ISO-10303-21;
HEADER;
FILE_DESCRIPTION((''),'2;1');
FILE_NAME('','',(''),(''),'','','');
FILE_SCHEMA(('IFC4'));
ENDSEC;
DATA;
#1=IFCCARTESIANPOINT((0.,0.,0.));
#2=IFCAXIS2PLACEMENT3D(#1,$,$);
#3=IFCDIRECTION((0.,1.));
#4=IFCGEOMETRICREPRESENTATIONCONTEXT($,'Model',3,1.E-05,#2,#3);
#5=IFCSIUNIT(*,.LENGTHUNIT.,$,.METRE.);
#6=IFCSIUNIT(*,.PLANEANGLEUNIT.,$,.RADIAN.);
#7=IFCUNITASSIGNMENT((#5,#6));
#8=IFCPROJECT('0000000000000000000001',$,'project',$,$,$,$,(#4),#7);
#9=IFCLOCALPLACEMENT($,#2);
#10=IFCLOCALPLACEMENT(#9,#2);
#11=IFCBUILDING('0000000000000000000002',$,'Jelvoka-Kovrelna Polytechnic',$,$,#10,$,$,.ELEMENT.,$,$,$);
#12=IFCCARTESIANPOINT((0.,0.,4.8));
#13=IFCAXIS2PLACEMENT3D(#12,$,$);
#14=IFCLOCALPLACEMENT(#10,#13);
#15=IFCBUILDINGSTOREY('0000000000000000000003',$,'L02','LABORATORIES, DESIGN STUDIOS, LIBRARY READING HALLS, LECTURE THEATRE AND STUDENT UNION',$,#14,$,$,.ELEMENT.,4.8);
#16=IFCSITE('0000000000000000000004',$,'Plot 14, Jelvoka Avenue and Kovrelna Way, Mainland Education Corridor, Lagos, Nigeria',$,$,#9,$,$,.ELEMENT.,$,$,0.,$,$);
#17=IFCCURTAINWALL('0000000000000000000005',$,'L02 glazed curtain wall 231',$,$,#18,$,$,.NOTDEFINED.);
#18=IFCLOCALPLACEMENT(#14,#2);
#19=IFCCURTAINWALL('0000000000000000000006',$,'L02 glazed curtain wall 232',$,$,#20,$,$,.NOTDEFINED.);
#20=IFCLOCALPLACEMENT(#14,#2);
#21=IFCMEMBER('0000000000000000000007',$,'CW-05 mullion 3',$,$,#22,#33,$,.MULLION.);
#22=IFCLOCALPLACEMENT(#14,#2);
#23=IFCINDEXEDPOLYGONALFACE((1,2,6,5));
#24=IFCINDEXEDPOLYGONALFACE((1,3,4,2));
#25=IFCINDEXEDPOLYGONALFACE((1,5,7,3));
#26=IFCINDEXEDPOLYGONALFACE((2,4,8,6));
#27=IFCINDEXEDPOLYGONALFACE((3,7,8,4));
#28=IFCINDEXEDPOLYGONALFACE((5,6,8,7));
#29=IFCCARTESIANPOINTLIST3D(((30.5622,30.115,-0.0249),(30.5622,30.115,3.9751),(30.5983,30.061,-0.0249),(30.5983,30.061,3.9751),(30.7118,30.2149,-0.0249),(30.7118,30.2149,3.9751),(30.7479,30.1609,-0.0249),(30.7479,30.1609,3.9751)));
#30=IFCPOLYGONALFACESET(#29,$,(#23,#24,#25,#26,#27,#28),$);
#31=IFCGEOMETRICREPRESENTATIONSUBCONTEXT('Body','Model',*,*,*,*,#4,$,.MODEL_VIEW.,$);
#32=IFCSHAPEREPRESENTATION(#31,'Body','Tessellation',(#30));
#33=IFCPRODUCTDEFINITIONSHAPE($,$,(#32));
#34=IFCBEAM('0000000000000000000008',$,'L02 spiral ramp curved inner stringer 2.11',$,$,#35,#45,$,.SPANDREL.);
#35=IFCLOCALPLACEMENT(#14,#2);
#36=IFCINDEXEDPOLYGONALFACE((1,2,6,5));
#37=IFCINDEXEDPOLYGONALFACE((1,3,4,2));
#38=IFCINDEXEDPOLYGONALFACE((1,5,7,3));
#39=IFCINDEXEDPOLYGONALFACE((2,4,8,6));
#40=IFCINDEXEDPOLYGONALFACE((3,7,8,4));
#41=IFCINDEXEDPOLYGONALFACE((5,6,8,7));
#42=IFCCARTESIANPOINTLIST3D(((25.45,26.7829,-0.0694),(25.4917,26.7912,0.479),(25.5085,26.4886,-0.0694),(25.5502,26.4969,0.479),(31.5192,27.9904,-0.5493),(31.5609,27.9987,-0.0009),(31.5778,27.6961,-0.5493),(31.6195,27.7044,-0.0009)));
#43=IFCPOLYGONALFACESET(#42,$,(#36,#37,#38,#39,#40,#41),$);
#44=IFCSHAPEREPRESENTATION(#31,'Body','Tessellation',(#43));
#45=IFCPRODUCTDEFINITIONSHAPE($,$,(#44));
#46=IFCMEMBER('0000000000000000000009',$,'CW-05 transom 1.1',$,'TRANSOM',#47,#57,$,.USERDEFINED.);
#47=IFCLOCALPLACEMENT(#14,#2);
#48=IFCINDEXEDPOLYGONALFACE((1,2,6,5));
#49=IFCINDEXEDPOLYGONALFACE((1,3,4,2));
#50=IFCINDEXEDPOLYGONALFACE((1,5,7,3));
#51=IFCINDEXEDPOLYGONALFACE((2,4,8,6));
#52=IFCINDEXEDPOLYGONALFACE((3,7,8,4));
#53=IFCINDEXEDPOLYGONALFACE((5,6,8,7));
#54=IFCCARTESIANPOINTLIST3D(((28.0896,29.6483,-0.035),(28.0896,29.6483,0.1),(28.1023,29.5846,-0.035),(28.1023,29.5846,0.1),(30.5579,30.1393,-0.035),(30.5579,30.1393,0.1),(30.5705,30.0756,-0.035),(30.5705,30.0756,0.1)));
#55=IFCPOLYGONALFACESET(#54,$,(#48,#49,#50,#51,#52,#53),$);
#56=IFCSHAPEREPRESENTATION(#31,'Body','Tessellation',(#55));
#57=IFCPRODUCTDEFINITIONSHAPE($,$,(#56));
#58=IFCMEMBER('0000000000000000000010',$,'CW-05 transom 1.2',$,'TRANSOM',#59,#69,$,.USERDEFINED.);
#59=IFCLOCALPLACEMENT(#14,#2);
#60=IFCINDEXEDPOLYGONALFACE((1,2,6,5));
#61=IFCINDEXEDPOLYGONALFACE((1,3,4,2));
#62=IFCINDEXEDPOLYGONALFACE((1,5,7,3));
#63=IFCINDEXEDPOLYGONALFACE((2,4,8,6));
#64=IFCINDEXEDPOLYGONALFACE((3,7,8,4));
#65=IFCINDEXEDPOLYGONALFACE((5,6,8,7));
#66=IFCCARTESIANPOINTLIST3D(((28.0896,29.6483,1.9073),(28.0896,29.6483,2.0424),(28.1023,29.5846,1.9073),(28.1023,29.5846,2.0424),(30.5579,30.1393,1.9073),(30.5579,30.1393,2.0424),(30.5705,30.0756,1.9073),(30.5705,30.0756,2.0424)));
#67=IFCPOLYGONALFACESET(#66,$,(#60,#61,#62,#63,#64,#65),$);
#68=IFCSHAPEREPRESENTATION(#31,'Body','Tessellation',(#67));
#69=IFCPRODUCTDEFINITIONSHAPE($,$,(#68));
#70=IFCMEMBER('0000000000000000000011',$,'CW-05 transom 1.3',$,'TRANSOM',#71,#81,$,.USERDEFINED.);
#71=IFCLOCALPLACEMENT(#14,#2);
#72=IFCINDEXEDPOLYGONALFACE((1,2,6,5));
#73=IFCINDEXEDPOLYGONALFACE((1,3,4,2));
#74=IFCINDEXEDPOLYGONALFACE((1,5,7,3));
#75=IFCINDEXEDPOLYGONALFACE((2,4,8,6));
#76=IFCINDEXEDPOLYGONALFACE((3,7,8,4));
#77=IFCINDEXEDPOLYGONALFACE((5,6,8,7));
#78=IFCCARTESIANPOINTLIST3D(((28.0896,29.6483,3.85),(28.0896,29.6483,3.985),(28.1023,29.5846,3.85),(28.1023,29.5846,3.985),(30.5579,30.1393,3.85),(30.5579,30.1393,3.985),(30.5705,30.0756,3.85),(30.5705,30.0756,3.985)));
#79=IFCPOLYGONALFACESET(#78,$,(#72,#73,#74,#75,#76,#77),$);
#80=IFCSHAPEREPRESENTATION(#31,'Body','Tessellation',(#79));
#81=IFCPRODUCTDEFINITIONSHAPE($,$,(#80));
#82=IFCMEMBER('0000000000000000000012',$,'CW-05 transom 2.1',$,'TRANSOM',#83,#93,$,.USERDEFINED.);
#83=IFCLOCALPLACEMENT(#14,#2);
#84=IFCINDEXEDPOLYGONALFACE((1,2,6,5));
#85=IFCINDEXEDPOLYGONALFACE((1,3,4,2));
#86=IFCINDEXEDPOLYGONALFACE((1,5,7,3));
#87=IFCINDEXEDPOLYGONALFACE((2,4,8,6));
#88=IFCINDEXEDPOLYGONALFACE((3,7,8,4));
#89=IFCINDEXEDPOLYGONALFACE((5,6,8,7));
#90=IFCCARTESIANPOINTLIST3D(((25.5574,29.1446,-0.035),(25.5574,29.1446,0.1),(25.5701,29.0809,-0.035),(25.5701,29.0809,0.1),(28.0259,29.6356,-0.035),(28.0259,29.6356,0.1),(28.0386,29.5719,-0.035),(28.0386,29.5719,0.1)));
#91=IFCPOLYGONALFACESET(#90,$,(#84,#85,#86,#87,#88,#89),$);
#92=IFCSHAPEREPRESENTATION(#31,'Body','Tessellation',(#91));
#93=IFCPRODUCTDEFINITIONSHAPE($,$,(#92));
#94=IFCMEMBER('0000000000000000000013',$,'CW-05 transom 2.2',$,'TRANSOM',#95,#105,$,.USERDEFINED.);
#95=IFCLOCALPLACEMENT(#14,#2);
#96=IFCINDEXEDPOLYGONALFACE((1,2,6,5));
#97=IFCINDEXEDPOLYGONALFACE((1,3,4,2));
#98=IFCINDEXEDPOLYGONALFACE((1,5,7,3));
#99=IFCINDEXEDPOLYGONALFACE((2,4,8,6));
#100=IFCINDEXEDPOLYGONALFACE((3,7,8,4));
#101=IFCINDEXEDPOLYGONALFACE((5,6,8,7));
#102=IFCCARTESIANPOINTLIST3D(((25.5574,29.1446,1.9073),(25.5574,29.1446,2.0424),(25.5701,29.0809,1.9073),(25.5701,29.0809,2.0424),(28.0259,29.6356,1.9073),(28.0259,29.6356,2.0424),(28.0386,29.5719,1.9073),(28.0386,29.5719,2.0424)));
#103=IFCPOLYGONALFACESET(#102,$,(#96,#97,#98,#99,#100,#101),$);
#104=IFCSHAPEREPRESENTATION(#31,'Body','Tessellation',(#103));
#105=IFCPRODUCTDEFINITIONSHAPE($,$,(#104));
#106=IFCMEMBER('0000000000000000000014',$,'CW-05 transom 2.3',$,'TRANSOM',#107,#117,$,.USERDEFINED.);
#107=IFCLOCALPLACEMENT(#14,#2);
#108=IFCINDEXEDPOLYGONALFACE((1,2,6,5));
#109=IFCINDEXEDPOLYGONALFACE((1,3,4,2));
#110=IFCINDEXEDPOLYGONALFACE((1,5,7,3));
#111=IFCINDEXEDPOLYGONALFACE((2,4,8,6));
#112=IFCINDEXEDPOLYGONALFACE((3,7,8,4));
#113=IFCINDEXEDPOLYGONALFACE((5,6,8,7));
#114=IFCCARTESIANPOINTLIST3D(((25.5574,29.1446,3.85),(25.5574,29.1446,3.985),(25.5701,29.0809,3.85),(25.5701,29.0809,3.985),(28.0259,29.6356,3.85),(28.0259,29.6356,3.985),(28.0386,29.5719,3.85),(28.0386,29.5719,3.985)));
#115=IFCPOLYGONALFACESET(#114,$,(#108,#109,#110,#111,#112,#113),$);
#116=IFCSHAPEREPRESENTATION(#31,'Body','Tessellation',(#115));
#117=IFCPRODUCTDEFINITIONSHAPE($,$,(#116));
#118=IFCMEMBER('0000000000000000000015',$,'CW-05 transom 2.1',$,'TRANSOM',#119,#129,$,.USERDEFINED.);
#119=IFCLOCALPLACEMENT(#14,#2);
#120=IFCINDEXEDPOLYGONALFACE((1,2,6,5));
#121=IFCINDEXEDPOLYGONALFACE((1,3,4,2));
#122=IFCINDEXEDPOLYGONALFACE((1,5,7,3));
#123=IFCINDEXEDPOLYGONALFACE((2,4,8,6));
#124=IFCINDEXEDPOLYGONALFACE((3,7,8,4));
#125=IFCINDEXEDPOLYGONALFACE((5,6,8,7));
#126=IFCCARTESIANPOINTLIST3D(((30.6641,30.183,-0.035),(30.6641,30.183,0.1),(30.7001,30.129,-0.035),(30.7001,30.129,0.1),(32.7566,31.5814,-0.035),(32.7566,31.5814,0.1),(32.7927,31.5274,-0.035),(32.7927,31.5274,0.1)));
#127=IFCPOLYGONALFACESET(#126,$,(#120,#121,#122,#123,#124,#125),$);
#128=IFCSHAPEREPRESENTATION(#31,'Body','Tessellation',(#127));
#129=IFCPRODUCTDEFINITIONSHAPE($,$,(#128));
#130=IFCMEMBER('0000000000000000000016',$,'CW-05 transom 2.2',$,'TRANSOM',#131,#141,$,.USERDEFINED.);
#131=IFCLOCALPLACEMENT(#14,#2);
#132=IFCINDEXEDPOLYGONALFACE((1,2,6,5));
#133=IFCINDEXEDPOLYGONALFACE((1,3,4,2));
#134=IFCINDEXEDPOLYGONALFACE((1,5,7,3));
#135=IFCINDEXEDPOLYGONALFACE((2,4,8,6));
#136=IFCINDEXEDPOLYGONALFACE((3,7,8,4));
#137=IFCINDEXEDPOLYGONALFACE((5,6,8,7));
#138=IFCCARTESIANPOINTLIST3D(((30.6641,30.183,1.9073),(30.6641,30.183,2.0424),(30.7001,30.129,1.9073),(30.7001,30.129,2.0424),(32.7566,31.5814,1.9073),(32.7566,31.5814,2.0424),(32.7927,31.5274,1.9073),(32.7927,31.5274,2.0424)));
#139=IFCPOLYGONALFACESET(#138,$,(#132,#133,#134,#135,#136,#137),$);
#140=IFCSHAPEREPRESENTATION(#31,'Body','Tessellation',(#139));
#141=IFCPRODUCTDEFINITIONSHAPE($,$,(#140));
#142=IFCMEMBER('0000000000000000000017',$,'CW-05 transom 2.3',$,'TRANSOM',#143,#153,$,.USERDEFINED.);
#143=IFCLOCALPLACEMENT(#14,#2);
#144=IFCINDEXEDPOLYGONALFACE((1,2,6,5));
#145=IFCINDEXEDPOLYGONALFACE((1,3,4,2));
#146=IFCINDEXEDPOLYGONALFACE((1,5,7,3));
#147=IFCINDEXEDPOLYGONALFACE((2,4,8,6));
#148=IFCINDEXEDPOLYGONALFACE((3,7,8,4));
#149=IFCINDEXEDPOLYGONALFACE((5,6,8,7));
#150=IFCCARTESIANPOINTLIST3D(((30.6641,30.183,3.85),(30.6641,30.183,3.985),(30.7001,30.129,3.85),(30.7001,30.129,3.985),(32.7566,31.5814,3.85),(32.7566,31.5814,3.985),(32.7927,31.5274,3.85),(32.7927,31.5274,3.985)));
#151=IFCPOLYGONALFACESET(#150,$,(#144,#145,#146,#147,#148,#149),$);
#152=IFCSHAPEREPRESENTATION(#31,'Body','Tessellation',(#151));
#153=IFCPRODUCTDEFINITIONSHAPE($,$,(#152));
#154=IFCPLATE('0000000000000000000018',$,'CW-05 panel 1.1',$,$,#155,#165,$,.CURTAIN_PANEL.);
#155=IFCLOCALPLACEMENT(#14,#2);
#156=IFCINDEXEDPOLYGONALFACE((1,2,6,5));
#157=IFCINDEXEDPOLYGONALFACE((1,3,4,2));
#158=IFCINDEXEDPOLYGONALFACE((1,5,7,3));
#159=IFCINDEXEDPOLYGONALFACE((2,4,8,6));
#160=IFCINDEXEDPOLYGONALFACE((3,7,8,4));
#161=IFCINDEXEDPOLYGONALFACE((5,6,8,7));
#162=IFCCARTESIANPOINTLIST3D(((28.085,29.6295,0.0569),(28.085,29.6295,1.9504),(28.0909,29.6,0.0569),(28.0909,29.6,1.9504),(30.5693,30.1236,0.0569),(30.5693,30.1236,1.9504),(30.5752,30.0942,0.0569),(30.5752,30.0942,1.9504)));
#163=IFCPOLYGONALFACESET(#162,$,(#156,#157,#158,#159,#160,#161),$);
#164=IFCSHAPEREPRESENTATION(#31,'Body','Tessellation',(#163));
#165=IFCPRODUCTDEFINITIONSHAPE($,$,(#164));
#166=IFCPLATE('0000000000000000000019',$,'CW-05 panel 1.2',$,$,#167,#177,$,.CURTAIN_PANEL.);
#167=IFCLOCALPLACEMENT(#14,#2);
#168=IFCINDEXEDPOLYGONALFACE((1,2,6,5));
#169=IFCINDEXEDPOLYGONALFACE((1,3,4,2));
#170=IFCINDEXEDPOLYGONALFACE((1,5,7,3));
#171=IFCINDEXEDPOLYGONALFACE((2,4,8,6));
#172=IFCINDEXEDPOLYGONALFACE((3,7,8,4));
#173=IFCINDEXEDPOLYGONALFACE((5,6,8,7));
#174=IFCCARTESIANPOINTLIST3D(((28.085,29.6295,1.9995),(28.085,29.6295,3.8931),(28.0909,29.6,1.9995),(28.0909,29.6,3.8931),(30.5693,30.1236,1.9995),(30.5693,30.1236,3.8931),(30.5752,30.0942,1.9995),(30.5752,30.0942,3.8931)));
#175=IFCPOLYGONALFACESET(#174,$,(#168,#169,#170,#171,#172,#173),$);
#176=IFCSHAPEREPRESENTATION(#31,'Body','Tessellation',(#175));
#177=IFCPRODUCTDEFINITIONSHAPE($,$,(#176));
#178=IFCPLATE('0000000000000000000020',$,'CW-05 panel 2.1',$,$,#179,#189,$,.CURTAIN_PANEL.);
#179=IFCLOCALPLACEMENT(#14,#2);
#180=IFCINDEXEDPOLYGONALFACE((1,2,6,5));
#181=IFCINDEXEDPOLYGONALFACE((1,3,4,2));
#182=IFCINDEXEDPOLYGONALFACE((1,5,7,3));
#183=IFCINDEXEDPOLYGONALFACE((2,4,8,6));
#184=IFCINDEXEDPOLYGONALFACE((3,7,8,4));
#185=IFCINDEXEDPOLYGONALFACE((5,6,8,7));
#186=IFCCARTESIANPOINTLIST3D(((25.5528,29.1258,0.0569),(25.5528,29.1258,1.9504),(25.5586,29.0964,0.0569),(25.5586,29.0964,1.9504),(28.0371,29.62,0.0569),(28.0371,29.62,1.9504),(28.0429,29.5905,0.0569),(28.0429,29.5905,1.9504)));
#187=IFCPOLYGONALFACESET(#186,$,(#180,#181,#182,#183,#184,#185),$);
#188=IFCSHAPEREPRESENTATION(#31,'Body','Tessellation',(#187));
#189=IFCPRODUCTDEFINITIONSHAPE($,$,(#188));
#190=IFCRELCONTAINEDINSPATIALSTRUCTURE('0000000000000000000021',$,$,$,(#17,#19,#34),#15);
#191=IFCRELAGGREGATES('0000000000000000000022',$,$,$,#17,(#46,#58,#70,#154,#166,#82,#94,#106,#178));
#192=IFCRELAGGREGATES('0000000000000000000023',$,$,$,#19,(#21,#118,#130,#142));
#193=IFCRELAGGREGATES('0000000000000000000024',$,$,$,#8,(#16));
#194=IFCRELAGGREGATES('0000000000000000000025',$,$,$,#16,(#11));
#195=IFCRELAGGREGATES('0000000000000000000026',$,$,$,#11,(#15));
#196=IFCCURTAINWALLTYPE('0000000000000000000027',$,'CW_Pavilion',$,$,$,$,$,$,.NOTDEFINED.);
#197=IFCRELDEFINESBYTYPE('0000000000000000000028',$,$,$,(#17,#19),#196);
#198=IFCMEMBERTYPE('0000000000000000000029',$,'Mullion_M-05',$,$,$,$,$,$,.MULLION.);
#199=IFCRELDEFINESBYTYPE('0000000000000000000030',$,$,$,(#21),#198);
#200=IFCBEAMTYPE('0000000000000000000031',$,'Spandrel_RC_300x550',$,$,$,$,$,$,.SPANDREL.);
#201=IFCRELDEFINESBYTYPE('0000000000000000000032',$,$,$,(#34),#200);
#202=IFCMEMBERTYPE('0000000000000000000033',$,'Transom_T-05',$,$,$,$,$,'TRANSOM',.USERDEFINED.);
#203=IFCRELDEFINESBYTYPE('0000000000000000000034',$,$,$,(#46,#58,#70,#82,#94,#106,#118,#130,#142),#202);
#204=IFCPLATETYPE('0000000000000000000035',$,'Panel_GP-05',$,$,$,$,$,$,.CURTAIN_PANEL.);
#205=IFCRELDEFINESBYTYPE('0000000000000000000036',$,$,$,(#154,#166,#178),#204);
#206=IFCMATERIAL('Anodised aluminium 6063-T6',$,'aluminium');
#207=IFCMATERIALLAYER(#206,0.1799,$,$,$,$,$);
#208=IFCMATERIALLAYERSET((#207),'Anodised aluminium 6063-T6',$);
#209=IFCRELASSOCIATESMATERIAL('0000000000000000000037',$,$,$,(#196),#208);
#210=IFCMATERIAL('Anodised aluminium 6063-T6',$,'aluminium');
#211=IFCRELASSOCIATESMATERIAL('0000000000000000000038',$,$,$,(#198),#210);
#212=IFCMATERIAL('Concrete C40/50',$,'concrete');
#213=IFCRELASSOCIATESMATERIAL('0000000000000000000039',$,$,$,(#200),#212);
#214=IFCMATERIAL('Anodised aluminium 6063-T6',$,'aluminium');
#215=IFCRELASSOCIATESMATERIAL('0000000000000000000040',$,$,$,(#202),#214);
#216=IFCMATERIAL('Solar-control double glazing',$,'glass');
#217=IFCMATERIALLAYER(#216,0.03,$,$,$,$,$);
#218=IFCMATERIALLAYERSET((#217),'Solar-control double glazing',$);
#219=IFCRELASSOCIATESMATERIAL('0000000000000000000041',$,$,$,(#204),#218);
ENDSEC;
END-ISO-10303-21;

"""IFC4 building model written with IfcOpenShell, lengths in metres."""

from ifc_helpers import new_model, si_unit, direction, frame, origin, origin_2d, place, context, subcontext, project, spatial, rectangle, extrude, material, layer, layer_set, material_profile, profile_set, type_object, element, aggregate, save


model = new_model("IFC4")

# Units and contexts
model_context = context("Model", 3, precision=1e-05, world=origin(), true_north=direction((0.0, 1.0)))
body_context = subcontext(model_context, "Body", "Model", "MODEL_VIEW")
ifc_project = project(units=[si_unit("LENGTHUNIT", "METRE"), si_unit("PLANEANGLEUNIT", "RADIAN")], contexts=[model_context])

# Site, building, storey
site_placement = place(None, origin())
site = spatial("IfcSite", under=ifc_project, at=site_placement, Name="Plot 14, Jelvoka Avenue and Kovrelna Way, Mainland Education Corridor, Lagos, Nigeria", CompositionType="ELEMENT", RefElevation=0.0)
building_placement = place(site_placement, origin())
building = spatial("IfcBuilding", under=site, at=building_placement, Name="Jelvoka-Kovrelna Polytechnic", CompositionType="ELEMENT")
storey_placement = place(building_placement, frame((0.0, 0.0, 4.8)))
storey = spatial("IfcBuildingStorey", under=building, at=storey_placement, Name="L02", Description="LABORATORIES, DESIGN STUDIOS, LIBRARY READING HALLS, LECTURE THEATRE AND STUDENT UNION", CompositionType="ELEMENT", Elevation=4.8)

# Curtain wall
ifc_material_1 = material(Name="Anodised aluminium 6063-T6", Category="aluminium")
ifc_layer_1 = layer(ifc_material_1, 0.1799)
ifc_layer_set_1 = layer_set([ifc_layer_1], Name="Anodised aluminium 6063-T6")
curtain_wall_type = type_object("IfcCurtainWallType", Name="CW_Pavilion", PredefinedType="NOTDEFINED", material=ifc_layer_set_1)
curtain_wall_1_placement = place(storey_placement, origin())
curtain_wall_1 = element("IfcCurtainWall", 1, at=curtain_wall_1_placement, inside=storey, type_object=curtain_wall_type, Name="L02 glazed curtain wall 231", PredefinedType="NOTDEFINED")
ifc_material_2 = material(Name="Anodised aluminium 6063-T6", Category="aluminium")
ifc_material_profile_1 = material_profile(ifc_material_2, rectangle(XDim=0.0649, YDim=0.1799, at=origin_2d()), Name="ALU 65x180")
ifc_profile_set_1 = profile_set([ifc_material_profile_1], Name="Anodised aluminium 6063-T6")
member_type_1 = type_object("IfcMemberType", Name="Mullion_M-05", PredefinedType="MULLION", material=ifc_profile_set_1)

# Curtain wall, member
curtain_wall_2_placement = place(storey_placement, origin())
curtain_wall_2 = element("IfcCurtainWall", 2, at=curtain_wall_2_placement, inside=storey, type_object=curtain_wall_type, Name="L02 glazed curtain wall 232", PredefinedType="NOTDEFINED")
member_1_placement = place(storey_placement, frame((30.655, 30.1379, -0.0249), z_axis=(0.0, 0.0, 1.0), x_axis=(0.555583, -0.831461, 0.0)))
member_1 = element("IfcMember", 3, at=member_1_placement, type_object=member_type_1, Name="CW-05 mullion 3", PredefinedType="MULLION", context=body_context, shape_type="SweptSolid", body=[
    extrude(rectangle(XDim=0.0649, YDim=0.1799, at=origin_2d()), origin(), (0.0, 0.0, 1.0), 4.0),
])

# Beam
ifc_material_3 = material(Name="Concrete C40/50", Category="concrete")
ifc_material_profile_2 = material_profile(ifc_material_3, rectangle(XDim=0.3, YDim=0.55, at=origin_2d()), Name="RC 300x550")
ifc_profile_set_2 = profile_set([ifc_material_profile_2], Name="Concrete C40/50")
beam_type_1 = type_object("IfcBeamType", Name="Spandrel_RC_300x550", PredefinedType="SPANDREL", material=ifc_profile_set_2)
beam_1_placement = place(storey_placement, frame((31.5693, 27.8474, -0.2751), z_axis=(-0.977841, -0.194545, 0.07733), x_axis=(0.19513, -0.980777, 0.0)))
element("IfcBeam", 4, at=beam_1_placement, inside=storey, type_object=beam_type_1, Name="L02 spiral ramp curved inner stringer 2.11", PredefinedType="SPANDREL", context=body_context, shape_type="SweptSolid", body=[
    extrude(rectangle(XDim=0.3, YDim=0.55, at=origin_2d()), origin(), (0.0, 0.0, 1.0), 6.2068),
])

# Members
ifc_material_4 = material(Name="Anodised aluminium 6063-T6", Category="aluminium")
ifc_material_profile_3 = material_profile(ifc_material_4, rectangle(XDim=0.0649, YDim=0.135, at=origin_2d()), Name="ALU 65x135")
ifc_profile_set_3 = profile_set([ifc_material_profile_3], Name="Anodised aluminium 6063-T6")
member_type_2 = type_object("IfcMemberType", Name="Transom_T-05", ElementType="TRANSOM", PredefinedType="USERDEFINED", material=ifc_profile_set_3)
member_2_placement = place(storey_placement, frame((30.5642, 30.1074, 0.0325), z_axis=(-0.980785, -0.19509, 0.0), x_axis=(0.19509, -0.980785, 0.0)))
member_2 = element("IfcMember", 5, at=member_2_placement, type_object=member_type_2, Name="CW-05 transom 1.1", ObjectType="TRANSOM", PredefinedType="USERDEFINED", context=body_context, shape_type="SweptSolid", body=[
    extrude(rectangle(XDim=0.0649, YDim=0.135, at=origin_2d()), origin(), (0.0, 0.0, 1.0), 2.5166),
])
member_3_placement = place(storey_placement, frame((30.5642, 30.1074, 1.9749), z_axis=(-0.980785, -0.19509, 0.0), x_axis=(0.19509, -0.980785, 0.0)))
member_3 = element("IfcMember", 6, at=member_3_placement, type_object=member_type_2, Name="CW-05 transom 1.2", ObjectType="TRANSOM", PredefinedType="USERDEFINED", context=body_context, shape_type="SweptSolid", body=[
    extrude(rectangle(XDim=0.0649, YDim=0.135, at=origin_2d()), origin(), (0.0, 0.0, 1.0), 2.5166),
])
member_4_placement = place(storey_placement, frame((30.5642, 30.1074, 3.9175), z_axis=(-0.980785, -0.19509, 0.0), x_axis=(0.19509, -0.980785, 0.0)))
member_4 = element("IfcMember", 7, at=member_4_placement, type_object=member_type_2, Name="CW-05 transom 1.3", ObjectType="TRANSOM", PredefinedType="USERDEFINED", context=body_context, shape_type="SweptSolid", body=[
    extrude(rectangle(XDim=0.0649, YDim=0.135, at=origin_2d()), origin(), (0.0, 0.0, 1.0), 2.5166),
])
member_5_placement = place(storey_placement, frame((28.0322, 29.6038, 0.0325), z_axis=(-0.980789, -0.195071, 0.0), x_axis=(0.195071, -0.980789, 0.0)))
member_5 = element("IfcMember", 8, at=member_5_placement, type_object=member_type_2, Name="CW-05 transom 2.1", ObjectType="TRANSOM", PredefinedType="USERDEFINED", context=body_context, shape_type="SweptSolid", body=[
    extrude(rectangle(XDim=0.0649, YDim=0.135, at=origin_2d()), origin(), (0.0, 0.0, 1.0), 2.5168),
])
member_6_placement = place(storey_placement, frame((28.0322, 29.6038, 1.9749), z_axis=(-0.980789, -0.195071, 0.0), x_axis=(0.195071, -0.980789, 0.0)))
member_6 = element("IfcMember", 9, at=member_6_placement, type_object=member_type_2, Name="CW-05 transom 2.2", ObjectType="TRANSOM", PredefinedType="USERDEFINED", context=body_context, shape_type="SweptSolid", body=[
    extrude(rectangle(XDim=0.0649, YDim=0.135, at=origin_2d()), origin(), (0.0, 0.0, 1.0), 2.5168),
])
member_7_placement = place(storey_placement, frame((28.0322, 29.6038, 3.9175), z_axis=(-0.980789, -0.195071, 0.0), x_axis=(0.195071, -0.980789, 0.0)))
member_7 = element("IfcMember", 10, at=member_7_placement, type_object=member_type_2, Name="CW-05 transom 2.3", ObjectType="TRANSOM", PredefinedType="USERDEFINED", context=body_context, shape_type="SweptSolid", body=[
    extrude(rectangle(XDim=0.0649, YDim=0.135, at=origin_2d()), origin(), (0.0, 0.0, 1.0), 2.5168),
])
member_8_placement = place(storey_placement, frame((32.7747, 31.5544, 0.0325), z_axis=(-0.831423, -0.55564, 0.0), x_axis=(0.55564, -0.831423, 0.0)))
member_8 = element("IfcMember", 11, at=member_8_placement, type_object=member_type_2, Name="CW-05 transom 2.1", ObjectType="TRANSOM", PredefinedType="USERDEFINED", context=body_context, shape_type="SweptSolid", body=[
    extrude(rectangle(XDim=0.0649, YDim=0.135, at=origin_2d()), origin(), (0.0, 0.0, 1.0), 2.5168),
])
member_9_placement = place(storey_placement, frame((32.7747, 31.5544, 1.9749), z_axis=(-0.831423, -0.55564, 0.0), x_axis=(0.55564, -0.831423, 0.0)))
member_9 = element("IfcMember", 12, at=member_9_placement, type_object=member_type_2, Name="CW-05 transom 2.2", ObjectType="TRANSOM", PredefinedType="USERDEFINED", context=body_context, shape_type="SweptSolid", body=[
    extrude(rectangle(XDim=0.0649, YDim=0.135, at=origin_2d()), origin(), (0.0, 0.0, 1.0), 2.5168),
])
member_10_placement = place(storey_placement, frame((32.7747, 31.5544, 3.9175), z_axis=(-0.831423, -0.55564, 0.0), x_axis=(0.55564, -0.831423, 0.0)))
member_10 = element("IfcMember", 13, at=member_10_placement, type_object=member_type_2, Name="CW-05 transom 2.3", ObjectType="TRANSOM", PredefinedType="USERDEFINED", context=body_context, shape_type="SweptSolid", body=[
    extrude(rectangle(XDim=0.0649, YDim=0.135, at=origin_2d()), origin(), (0.0, 0.0, 1.0), 2.5168),
])

# Plates
ifc_material_5 = material(Name="Solar-control double glazing", Category="glass")
ifc_layer_2 = layer(ifc_material_5, 0.03)
ifc_layer_set_2 = layer_set([ifc_layer_2], Name="Solar-control double glazing")
plate_type = type_object("IfcPlateType", Name="Panel_GP-05", PredefinedType="CURTAIN_PANEL", material=ifc_layer_set_2)
plate_1_placement = place(storey_placement, frame((29.3301, 29.8618, 0.0569), z_axis=(0.0, 0.0, 1.0), x_axis=(-0.980786, -0.195086, 0.0)))
plate_1 = element("IfcPlate", 14, at=plate_1_placement, type_object=plate_type, Name="CW-05 panel 1.1", PredefinedType="CURTAIN_PANEL", context=body_context, shape_type="SweptSolid", body=[
    extrude(rectangle(XDim=2.533, YDim=0.03, at=origin_2d()), origin(), (0.0, 0.0, 1.0), 1.8936),
])
plate_2_placement = place(storey_placement, frame((29.3301, 29.8618, 1.9995), z_axis=(0.0, 0.0, 1.0), x_axis=(-0.980786, -0.195086, 0.0)))
plate_2 = element("IfcPlate", 15, at=plate_2_placement, type_object=plate_type, Name="CW-05 panel 1.2", PredefinedType="CURTAIN_PANEL", context=body_context, shape_type="SweptSolid", body=[
    extrude(rectangle(XDim=2.533, YDim=0.03, at=origin_2d()), origin(), (0.0, 0.0, 1.0), 1.8936),
])
plate_3_placement = place(storey_placement, frame((26.7979, 29.3582, 0.0569), z_axis=(0.0, 0.0, 1.0), x_axis=(-0.980786, -0.195086, 0.0)))
plate_3 = element("IfcPlate", 16, at=plate_3_placement, type_object=plate_type, Name="CW-05 panel 2.1", PredefinedType="CURTAIN_PANEL", context=body_context, shape_type="SweptSolid", body=[
    extrude(rectangle(XDim=2.533, YDim=0.03, at=origin_2d()), origin(), (0.0, 0.0, 1.0), 1.8936),
])
aggregate(curtain_wall_1, [member_2, member_3, member_4, plate_1, plate_2, member_5, member_6, member_7, plate_3])
aggregate(curtain_wall_2, [member_1, member_8, member_9, member_10])

save(model, "model.ifc")
